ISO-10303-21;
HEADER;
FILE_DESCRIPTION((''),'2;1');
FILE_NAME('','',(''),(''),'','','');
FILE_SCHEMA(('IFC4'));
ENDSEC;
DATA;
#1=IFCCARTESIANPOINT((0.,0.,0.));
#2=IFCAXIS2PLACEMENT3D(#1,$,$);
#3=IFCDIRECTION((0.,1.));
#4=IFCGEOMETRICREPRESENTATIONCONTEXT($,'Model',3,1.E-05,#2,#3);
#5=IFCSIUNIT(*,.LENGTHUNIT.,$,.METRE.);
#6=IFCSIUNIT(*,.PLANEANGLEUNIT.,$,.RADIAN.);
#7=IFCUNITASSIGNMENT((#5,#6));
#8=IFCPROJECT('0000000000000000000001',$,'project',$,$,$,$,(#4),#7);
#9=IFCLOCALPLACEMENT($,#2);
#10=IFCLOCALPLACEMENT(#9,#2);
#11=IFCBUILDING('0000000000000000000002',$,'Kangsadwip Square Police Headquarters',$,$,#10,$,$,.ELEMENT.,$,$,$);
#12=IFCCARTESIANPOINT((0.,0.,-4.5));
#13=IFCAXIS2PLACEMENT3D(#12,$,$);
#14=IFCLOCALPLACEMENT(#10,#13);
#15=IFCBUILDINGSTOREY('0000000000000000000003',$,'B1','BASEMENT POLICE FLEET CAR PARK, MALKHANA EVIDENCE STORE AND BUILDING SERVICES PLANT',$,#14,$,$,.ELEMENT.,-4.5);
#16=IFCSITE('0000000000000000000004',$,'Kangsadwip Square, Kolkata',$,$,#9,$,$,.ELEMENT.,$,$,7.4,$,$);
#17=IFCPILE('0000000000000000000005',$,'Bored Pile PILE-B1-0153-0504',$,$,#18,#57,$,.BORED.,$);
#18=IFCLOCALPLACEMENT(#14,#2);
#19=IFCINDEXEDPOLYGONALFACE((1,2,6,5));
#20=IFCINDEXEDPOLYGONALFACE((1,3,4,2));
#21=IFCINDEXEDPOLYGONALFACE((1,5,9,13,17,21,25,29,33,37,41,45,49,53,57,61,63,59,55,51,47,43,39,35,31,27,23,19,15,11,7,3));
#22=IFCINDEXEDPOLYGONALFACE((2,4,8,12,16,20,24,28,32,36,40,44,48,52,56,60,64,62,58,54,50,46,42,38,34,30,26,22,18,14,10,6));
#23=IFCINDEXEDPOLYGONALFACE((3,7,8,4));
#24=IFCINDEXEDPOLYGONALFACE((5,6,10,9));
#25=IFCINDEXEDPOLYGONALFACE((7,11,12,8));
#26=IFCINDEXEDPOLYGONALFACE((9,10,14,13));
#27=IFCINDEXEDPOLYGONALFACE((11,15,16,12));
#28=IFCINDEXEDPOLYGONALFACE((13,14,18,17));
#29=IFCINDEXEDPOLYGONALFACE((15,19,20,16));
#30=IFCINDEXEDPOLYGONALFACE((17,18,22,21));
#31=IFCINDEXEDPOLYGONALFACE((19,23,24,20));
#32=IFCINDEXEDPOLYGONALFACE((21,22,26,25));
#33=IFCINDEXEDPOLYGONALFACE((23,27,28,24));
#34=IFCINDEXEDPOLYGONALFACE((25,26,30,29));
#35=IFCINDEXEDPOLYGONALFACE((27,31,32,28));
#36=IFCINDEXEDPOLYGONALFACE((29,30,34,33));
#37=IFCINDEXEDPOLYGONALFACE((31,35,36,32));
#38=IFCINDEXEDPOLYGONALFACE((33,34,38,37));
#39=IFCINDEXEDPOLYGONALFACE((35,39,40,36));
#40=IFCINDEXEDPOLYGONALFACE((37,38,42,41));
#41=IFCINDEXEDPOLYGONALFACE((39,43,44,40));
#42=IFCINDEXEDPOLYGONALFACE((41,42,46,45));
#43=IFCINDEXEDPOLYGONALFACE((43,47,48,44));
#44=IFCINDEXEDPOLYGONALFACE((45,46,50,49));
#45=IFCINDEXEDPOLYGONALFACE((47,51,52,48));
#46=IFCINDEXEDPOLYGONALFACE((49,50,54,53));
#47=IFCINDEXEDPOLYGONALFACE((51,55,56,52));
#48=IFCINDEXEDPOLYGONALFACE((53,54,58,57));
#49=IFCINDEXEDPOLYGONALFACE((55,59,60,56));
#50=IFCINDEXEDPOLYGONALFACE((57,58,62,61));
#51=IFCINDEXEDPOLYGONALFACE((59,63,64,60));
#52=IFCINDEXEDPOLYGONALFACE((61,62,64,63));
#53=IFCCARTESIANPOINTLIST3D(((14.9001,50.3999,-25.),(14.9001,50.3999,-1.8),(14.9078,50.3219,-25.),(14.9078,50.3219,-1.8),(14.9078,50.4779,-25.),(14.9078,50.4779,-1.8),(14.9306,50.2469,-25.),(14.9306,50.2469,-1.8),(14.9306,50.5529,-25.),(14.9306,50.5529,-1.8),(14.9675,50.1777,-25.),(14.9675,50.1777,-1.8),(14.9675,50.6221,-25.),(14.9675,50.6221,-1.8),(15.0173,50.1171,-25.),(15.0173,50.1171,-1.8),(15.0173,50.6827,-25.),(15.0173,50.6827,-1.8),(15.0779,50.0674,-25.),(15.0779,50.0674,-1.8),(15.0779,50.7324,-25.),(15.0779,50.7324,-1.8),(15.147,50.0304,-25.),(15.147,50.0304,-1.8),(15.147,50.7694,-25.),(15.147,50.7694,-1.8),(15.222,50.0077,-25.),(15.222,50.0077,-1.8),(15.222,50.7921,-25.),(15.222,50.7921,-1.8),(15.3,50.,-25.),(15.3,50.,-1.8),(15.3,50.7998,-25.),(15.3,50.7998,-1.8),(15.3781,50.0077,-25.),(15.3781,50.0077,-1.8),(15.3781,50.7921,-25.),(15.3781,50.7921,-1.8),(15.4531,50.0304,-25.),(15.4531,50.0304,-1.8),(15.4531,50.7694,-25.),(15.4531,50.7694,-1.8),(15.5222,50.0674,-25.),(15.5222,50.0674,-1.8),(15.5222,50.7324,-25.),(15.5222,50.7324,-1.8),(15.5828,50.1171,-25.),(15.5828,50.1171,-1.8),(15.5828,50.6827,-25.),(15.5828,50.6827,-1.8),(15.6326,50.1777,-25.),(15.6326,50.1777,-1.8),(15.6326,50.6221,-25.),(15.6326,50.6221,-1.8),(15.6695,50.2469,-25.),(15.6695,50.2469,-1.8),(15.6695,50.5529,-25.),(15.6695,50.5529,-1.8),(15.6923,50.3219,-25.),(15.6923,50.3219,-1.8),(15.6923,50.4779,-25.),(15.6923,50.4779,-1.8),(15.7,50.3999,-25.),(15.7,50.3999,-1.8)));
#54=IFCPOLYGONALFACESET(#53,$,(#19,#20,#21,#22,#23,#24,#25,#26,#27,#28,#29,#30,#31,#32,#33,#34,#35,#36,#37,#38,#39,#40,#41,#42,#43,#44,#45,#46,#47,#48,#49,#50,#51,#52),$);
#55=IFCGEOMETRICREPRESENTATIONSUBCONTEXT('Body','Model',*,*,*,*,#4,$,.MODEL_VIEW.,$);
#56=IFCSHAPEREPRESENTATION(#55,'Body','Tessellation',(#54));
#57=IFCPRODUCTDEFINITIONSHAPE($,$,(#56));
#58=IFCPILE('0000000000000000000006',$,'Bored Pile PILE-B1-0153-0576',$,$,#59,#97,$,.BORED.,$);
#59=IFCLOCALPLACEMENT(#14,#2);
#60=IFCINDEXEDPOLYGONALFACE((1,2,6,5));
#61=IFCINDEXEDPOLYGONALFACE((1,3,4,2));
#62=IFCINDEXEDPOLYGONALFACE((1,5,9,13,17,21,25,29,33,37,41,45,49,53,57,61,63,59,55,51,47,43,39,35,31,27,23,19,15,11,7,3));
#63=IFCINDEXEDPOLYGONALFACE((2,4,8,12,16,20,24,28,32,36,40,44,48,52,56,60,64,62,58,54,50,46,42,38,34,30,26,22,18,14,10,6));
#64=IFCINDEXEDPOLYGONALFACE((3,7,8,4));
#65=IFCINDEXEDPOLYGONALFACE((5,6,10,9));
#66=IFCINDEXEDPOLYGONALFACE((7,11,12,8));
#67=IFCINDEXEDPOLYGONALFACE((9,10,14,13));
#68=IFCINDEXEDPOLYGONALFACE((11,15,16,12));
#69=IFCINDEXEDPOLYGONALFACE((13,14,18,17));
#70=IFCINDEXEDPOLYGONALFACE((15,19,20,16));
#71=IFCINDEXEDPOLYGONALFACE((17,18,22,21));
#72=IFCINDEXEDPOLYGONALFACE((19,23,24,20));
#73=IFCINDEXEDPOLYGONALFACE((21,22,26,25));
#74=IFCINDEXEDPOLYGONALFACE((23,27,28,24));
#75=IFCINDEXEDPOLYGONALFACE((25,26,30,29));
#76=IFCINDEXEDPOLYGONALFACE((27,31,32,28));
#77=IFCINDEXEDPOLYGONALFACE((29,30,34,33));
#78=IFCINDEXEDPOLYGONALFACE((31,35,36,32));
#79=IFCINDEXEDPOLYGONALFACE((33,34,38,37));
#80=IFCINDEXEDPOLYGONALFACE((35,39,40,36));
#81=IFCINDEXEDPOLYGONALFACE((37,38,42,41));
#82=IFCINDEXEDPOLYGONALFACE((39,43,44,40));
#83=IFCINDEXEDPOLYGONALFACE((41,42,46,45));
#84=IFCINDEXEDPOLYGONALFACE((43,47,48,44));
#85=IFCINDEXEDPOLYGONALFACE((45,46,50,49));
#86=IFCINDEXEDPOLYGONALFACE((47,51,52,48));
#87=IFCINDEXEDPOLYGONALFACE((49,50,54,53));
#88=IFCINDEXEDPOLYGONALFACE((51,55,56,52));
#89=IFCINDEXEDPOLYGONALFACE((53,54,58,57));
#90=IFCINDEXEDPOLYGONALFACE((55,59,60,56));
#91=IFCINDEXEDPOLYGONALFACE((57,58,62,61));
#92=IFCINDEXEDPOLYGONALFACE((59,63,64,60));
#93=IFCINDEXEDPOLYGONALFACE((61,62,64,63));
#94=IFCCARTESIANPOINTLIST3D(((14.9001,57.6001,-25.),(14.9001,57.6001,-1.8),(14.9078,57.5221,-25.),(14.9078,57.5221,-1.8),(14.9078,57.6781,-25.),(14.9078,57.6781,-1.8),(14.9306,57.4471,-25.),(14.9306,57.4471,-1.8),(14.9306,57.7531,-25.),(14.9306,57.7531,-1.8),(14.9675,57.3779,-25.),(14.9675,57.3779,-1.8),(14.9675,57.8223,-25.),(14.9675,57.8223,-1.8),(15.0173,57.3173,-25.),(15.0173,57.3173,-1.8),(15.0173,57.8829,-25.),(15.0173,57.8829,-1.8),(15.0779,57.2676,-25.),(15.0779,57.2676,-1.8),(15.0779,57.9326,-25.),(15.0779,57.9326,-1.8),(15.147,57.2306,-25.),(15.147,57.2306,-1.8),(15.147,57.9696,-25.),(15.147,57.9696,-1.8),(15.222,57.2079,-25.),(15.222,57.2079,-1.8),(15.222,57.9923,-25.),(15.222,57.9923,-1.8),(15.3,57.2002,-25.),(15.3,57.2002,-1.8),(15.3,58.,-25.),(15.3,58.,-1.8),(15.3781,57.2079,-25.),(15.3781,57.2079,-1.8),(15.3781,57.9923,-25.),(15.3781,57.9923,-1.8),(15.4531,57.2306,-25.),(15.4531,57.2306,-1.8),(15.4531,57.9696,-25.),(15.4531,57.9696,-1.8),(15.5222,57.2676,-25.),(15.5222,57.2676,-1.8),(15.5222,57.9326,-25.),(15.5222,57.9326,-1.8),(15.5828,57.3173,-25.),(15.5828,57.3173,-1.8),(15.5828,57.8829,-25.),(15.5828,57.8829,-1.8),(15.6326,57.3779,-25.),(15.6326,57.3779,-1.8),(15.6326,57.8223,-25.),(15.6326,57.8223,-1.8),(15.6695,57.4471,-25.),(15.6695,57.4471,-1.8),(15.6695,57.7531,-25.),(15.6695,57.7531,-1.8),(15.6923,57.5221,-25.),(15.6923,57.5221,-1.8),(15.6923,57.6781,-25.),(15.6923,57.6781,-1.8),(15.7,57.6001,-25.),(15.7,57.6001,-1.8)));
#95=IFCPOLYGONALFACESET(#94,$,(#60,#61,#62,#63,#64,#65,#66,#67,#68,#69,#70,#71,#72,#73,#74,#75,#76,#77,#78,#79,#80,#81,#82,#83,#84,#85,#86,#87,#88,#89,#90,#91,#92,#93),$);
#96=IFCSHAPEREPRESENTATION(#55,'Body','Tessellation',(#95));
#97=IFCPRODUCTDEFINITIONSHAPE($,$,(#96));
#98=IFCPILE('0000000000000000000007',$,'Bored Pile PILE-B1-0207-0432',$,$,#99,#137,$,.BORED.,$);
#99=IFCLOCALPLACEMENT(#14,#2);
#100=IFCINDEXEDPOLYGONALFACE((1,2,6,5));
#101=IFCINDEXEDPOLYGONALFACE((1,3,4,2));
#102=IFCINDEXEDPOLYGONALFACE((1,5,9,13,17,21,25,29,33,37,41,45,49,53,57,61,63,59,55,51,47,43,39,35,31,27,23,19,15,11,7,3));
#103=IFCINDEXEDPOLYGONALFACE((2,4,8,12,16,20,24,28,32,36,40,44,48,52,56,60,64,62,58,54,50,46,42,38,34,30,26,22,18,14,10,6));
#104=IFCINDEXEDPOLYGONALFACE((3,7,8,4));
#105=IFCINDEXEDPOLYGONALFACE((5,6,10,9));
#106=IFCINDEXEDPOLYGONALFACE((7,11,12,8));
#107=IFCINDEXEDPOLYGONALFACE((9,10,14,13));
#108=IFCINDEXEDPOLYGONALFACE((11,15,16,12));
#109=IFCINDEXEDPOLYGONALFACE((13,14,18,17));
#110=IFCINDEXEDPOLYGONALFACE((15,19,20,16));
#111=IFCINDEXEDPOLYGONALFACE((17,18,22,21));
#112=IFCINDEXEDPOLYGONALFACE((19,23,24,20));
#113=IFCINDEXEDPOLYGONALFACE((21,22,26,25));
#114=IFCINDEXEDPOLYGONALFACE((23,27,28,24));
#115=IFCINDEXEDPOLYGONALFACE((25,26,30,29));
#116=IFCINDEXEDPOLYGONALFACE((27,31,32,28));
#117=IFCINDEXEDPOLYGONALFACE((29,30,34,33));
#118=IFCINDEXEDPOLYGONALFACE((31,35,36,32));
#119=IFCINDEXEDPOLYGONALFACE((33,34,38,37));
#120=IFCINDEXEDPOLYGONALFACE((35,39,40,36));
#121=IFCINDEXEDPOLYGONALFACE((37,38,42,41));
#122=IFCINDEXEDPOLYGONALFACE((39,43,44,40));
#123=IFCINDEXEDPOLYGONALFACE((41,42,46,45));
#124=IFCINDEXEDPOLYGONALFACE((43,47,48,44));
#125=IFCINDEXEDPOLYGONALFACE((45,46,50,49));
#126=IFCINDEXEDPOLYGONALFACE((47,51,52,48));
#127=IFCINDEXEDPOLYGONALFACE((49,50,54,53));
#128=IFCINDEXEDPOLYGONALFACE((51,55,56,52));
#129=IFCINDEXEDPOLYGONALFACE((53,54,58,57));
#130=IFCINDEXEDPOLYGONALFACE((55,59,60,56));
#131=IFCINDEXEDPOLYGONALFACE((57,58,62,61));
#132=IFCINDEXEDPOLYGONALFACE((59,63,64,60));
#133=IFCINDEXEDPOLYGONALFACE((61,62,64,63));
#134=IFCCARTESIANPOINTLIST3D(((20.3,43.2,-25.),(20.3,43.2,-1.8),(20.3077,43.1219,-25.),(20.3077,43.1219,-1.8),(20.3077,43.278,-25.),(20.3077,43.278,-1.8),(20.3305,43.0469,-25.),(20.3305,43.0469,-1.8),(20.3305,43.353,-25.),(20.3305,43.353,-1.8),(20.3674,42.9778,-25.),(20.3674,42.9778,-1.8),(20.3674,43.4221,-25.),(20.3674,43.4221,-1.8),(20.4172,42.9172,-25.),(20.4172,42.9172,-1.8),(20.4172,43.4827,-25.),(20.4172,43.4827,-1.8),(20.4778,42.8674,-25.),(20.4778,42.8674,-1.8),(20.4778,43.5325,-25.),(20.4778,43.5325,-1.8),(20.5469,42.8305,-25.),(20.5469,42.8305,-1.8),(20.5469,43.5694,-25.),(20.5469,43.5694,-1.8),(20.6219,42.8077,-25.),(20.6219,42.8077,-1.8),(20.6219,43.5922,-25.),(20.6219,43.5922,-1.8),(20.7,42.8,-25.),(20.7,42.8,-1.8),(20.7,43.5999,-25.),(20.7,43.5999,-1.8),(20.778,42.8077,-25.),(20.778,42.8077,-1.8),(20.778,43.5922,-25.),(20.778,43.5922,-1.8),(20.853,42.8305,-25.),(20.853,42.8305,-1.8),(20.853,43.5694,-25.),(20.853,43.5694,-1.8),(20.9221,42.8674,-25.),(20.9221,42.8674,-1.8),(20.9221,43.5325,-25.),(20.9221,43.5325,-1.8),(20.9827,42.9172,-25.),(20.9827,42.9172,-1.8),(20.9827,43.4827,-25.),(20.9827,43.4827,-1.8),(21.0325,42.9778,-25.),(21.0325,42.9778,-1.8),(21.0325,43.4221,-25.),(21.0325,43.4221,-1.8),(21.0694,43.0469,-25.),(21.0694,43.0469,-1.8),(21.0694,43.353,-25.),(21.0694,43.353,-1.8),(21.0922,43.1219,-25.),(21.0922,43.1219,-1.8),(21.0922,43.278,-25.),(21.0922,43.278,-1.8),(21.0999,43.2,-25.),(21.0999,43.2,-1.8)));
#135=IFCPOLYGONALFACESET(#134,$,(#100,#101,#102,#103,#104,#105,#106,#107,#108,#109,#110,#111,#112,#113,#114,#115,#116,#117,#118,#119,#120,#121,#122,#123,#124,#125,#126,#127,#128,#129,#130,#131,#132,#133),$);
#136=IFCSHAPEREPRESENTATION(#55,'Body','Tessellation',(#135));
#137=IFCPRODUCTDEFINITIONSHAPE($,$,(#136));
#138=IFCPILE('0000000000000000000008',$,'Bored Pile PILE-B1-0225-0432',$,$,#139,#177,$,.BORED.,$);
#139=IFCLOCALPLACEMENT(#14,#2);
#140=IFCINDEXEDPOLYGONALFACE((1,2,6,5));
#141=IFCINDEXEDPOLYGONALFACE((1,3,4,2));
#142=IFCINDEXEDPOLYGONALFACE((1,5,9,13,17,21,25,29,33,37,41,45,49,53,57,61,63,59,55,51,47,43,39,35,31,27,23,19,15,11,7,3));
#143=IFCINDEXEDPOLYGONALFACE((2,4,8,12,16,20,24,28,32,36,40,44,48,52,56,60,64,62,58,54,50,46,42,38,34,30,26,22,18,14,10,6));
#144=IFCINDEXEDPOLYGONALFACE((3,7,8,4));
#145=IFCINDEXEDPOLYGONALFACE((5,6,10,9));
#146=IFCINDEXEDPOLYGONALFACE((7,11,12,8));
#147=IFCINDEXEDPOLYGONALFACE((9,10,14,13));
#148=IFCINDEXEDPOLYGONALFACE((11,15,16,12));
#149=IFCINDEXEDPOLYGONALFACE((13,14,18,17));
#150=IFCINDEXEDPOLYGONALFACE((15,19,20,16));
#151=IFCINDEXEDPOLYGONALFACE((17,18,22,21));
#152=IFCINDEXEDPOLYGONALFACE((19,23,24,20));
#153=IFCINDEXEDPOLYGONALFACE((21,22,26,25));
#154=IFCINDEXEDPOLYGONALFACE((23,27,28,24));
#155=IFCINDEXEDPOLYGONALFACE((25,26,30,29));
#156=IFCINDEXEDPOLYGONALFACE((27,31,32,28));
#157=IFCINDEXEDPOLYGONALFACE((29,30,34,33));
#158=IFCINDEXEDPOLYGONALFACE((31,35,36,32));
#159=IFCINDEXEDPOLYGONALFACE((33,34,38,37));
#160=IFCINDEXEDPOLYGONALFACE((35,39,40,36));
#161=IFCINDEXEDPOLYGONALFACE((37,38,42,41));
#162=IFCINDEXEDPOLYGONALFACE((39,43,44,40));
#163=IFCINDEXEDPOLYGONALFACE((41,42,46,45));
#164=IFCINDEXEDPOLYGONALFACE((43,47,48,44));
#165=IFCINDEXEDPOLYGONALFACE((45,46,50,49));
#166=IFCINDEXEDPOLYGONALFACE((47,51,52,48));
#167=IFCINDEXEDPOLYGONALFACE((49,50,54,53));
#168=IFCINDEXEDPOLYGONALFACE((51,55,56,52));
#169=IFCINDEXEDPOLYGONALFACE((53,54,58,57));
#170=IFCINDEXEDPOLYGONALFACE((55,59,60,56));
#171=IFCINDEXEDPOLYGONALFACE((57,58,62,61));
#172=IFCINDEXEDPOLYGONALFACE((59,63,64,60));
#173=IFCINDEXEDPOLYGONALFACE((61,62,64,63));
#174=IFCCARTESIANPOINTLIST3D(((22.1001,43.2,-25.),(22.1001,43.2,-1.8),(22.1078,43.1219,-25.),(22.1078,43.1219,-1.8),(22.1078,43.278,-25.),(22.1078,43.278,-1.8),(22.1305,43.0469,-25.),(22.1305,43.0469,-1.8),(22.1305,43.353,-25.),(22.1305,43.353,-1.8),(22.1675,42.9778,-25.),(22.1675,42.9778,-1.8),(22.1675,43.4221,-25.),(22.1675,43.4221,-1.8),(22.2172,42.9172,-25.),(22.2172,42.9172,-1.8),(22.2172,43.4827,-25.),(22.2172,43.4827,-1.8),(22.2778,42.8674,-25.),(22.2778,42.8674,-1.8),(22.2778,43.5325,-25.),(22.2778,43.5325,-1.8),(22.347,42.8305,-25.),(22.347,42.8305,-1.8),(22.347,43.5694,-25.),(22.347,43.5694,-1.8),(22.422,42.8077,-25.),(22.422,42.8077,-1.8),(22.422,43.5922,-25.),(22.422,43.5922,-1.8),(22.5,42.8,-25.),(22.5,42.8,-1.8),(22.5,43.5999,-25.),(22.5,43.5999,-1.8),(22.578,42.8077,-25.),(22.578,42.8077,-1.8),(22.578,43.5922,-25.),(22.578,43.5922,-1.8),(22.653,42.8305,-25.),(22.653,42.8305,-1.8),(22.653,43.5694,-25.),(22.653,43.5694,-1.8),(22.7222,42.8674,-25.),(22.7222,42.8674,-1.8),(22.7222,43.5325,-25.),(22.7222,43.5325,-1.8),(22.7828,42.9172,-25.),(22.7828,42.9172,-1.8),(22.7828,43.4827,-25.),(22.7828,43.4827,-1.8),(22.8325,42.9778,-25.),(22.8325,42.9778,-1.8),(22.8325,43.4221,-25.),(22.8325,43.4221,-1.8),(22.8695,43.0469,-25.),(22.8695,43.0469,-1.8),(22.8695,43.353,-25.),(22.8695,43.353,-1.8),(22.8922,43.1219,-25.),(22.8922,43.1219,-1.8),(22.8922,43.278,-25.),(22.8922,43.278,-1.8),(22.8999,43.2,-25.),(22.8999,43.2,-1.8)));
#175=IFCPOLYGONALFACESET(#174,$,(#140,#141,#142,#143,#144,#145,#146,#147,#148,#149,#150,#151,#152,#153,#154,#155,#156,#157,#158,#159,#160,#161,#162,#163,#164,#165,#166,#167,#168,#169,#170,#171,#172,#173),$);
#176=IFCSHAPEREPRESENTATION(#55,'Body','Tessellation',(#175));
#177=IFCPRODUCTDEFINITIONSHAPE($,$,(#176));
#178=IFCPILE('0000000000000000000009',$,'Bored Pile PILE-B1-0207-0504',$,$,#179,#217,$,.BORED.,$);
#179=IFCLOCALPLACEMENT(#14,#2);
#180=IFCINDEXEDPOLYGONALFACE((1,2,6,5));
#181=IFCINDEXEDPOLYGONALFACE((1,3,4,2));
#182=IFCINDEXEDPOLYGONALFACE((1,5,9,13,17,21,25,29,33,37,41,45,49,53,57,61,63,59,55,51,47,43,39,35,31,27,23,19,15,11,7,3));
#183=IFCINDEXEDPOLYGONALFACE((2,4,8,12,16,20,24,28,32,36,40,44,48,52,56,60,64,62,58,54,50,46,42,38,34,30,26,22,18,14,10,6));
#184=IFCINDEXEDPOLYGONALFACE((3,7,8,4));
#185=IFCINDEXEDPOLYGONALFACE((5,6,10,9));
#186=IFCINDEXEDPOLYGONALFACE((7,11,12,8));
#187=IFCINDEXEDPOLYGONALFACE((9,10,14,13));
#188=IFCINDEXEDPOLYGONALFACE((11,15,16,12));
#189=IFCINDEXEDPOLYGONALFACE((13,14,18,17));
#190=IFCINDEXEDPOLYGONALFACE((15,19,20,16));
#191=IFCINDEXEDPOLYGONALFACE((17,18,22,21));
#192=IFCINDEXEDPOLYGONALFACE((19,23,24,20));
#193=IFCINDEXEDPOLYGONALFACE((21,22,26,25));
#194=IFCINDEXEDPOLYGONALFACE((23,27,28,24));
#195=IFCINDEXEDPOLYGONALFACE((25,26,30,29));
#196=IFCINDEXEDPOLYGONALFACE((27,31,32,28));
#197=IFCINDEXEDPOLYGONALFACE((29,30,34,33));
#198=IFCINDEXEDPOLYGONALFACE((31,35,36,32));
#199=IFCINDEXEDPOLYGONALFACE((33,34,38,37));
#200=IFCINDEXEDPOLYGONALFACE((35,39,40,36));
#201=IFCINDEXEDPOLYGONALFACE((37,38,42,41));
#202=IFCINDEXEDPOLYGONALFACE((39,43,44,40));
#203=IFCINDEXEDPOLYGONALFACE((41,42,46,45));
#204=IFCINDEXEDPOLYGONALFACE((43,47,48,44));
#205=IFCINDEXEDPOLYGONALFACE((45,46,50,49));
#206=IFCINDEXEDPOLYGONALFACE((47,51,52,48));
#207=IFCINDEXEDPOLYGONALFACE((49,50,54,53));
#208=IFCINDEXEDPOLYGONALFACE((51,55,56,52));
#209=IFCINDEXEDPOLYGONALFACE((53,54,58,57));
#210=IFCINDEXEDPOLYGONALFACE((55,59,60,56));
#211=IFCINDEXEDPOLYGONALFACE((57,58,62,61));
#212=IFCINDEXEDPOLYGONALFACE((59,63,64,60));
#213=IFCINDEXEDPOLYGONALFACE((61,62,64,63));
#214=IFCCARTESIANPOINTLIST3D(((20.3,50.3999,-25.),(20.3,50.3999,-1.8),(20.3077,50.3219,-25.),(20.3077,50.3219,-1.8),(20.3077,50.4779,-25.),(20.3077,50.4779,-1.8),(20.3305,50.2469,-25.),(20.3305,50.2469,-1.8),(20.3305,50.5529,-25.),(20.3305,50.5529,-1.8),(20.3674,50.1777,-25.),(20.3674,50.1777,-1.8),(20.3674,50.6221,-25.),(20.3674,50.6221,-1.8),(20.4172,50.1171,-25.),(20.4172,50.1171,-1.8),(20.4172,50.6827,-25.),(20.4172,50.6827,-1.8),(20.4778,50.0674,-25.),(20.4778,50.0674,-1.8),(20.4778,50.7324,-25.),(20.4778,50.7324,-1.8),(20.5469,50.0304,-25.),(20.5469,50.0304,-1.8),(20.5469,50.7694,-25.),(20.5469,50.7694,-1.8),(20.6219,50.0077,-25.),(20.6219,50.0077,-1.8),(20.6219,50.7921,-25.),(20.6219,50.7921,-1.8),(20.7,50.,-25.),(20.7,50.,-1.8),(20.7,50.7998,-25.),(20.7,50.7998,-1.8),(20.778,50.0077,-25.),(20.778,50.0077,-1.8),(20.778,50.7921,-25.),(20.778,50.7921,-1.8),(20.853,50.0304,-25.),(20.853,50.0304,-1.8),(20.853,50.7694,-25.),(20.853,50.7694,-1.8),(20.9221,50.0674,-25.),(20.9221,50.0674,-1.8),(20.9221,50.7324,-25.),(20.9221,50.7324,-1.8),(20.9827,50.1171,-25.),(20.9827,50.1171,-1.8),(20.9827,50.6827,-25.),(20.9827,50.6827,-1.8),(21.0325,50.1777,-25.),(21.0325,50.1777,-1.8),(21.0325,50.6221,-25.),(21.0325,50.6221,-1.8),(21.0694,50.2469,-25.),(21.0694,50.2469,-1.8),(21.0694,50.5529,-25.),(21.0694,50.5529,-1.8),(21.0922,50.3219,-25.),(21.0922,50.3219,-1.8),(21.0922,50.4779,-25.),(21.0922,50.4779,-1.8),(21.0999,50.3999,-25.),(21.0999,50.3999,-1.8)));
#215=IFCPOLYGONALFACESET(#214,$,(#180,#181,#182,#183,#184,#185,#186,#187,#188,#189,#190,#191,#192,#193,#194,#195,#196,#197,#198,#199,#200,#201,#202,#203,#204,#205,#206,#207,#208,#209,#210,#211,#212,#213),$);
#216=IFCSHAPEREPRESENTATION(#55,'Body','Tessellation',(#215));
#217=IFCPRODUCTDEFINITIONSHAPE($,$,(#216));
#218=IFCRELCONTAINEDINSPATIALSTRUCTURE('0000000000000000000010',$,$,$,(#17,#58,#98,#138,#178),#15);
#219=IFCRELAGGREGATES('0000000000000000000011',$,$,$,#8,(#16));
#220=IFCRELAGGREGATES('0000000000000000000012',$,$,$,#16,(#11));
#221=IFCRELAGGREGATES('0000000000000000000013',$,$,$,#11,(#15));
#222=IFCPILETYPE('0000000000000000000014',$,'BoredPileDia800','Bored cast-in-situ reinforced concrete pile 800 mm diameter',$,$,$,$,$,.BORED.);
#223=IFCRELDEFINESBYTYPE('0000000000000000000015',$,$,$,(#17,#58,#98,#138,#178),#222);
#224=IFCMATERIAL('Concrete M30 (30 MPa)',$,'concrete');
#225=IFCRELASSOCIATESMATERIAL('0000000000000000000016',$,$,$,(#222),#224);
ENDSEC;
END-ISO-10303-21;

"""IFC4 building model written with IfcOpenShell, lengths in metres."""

from ifc_helpers import new_model, si_unit, direction, frame, origin, origin_2d, place, context, subcontext, project, spatial, circle, extrude, material, material_profile, profile_set, type_object, element, save


model = new_model("IFC4")

# Units and contexts
model_context = context("Model", 3, precision=1e-05, world=origin(), true_north=direction((0.0, 1.0)))
body_context = subcontext(model_context, "Body", "Model", "MODEL_VIEW")
ifc_project = project(units=[si_unit("LENGTHUNIT", "METRE"), si_unit("PLANEANGLEUNIT", "RADIAN")], contexts=[model_context])

# Site, building, storey
site_placement = place(None, origin())
site = spatial("IfcSite", under=ifc_project, at=site_placement, Name="Kangsadwip Square, Kolkata", CompositionType="ELEMENT", RefElevation=7.4)
building_placement = place(site_placement, origin())
building = spatial("IfcBuilding", under=site, at=building_placement, Name="Kangsadwip Square Police Headquarters", CompositionType="ELEMENT")
storey_placement = place(building_placement, frame((0.0, 0.0, -4.5)))
storey = spatial("IfcBuildingStorey", under=building, at=storey_placement, Name="B1", Description="BASEMENT POLICE FLEET CAR PARK, MALKHANA EVIDENCE STORE AND BUILDING SERVICES PLANT", CompositionType="ELEMENT", Elevation=-4.5)

# Piles
ifc_material_1 = material(Name="Concrete M30 (30 MPa)", Category="concrete")
ifc_material_profile_1 = material_profile(ifc_material_1, circle(Radius=0.3999, at=origin_2d()), Name="PILE DIA 800")
ifc_profile_set_1 = profile_set([ifc_material_profile_1], Name="Concrete M30 (30 MPa)")
pile_type = type_object("IfcPileType", Name="BoredPileDia800", Description="Bored cast-in-situ reinforced concrete pile 800 mm diameter", PredefinedType="BORED", material=ifc_profile_set_1)
for number, where, z_axis, x_axis, name in (
    (1, (15.3, 50.3999, -1.8), (0.0, 0.0, -1.0), (1.0, 0.0, 0.0), "Bored Pile PILE-B1-0153-0504"),
    (2, (15.3, 57.6001, -1.8), (0.0, 0.0, -1.0), (1.0, 0.0, 0.0), "Bored Pile PILE-B1-0153-0576"),
    (3, (20.7, 43.2, -1.8), (0.0, 0.0, -1.0), (1.0, 0.0, 0.0), "Bored Pile PILE-B1-0207-0432"),
    (4, (22.5, 43.2, -1.8), (0.0, 0.0, -1.0), (1.0, 0.0, 0.0), "Bored Pile PILE-B1-0225-0432"),
    (5, (20.7, 50.3999, -1.8), (0.0, 0.0, -1.0), (1.0, 0.0, 0.0), "Bored Pile PILE-B1-0207-0504"),
):
    element("IfcPile", number, at=place(storey_placement, frame(where, z_axis=z_axis, x_axis=x_axis)), inside=storey, type_object=pile_type, Name=name, PredefinedType="BORED", context=body_context, shape_type="SweptSolid", body=[
        extrude(circle(Radius=0.3999, at=origin_2d()), origin(), (0.0, 0.0, 1.0), 23.2),
    ])

save(model, "model.ifc")
